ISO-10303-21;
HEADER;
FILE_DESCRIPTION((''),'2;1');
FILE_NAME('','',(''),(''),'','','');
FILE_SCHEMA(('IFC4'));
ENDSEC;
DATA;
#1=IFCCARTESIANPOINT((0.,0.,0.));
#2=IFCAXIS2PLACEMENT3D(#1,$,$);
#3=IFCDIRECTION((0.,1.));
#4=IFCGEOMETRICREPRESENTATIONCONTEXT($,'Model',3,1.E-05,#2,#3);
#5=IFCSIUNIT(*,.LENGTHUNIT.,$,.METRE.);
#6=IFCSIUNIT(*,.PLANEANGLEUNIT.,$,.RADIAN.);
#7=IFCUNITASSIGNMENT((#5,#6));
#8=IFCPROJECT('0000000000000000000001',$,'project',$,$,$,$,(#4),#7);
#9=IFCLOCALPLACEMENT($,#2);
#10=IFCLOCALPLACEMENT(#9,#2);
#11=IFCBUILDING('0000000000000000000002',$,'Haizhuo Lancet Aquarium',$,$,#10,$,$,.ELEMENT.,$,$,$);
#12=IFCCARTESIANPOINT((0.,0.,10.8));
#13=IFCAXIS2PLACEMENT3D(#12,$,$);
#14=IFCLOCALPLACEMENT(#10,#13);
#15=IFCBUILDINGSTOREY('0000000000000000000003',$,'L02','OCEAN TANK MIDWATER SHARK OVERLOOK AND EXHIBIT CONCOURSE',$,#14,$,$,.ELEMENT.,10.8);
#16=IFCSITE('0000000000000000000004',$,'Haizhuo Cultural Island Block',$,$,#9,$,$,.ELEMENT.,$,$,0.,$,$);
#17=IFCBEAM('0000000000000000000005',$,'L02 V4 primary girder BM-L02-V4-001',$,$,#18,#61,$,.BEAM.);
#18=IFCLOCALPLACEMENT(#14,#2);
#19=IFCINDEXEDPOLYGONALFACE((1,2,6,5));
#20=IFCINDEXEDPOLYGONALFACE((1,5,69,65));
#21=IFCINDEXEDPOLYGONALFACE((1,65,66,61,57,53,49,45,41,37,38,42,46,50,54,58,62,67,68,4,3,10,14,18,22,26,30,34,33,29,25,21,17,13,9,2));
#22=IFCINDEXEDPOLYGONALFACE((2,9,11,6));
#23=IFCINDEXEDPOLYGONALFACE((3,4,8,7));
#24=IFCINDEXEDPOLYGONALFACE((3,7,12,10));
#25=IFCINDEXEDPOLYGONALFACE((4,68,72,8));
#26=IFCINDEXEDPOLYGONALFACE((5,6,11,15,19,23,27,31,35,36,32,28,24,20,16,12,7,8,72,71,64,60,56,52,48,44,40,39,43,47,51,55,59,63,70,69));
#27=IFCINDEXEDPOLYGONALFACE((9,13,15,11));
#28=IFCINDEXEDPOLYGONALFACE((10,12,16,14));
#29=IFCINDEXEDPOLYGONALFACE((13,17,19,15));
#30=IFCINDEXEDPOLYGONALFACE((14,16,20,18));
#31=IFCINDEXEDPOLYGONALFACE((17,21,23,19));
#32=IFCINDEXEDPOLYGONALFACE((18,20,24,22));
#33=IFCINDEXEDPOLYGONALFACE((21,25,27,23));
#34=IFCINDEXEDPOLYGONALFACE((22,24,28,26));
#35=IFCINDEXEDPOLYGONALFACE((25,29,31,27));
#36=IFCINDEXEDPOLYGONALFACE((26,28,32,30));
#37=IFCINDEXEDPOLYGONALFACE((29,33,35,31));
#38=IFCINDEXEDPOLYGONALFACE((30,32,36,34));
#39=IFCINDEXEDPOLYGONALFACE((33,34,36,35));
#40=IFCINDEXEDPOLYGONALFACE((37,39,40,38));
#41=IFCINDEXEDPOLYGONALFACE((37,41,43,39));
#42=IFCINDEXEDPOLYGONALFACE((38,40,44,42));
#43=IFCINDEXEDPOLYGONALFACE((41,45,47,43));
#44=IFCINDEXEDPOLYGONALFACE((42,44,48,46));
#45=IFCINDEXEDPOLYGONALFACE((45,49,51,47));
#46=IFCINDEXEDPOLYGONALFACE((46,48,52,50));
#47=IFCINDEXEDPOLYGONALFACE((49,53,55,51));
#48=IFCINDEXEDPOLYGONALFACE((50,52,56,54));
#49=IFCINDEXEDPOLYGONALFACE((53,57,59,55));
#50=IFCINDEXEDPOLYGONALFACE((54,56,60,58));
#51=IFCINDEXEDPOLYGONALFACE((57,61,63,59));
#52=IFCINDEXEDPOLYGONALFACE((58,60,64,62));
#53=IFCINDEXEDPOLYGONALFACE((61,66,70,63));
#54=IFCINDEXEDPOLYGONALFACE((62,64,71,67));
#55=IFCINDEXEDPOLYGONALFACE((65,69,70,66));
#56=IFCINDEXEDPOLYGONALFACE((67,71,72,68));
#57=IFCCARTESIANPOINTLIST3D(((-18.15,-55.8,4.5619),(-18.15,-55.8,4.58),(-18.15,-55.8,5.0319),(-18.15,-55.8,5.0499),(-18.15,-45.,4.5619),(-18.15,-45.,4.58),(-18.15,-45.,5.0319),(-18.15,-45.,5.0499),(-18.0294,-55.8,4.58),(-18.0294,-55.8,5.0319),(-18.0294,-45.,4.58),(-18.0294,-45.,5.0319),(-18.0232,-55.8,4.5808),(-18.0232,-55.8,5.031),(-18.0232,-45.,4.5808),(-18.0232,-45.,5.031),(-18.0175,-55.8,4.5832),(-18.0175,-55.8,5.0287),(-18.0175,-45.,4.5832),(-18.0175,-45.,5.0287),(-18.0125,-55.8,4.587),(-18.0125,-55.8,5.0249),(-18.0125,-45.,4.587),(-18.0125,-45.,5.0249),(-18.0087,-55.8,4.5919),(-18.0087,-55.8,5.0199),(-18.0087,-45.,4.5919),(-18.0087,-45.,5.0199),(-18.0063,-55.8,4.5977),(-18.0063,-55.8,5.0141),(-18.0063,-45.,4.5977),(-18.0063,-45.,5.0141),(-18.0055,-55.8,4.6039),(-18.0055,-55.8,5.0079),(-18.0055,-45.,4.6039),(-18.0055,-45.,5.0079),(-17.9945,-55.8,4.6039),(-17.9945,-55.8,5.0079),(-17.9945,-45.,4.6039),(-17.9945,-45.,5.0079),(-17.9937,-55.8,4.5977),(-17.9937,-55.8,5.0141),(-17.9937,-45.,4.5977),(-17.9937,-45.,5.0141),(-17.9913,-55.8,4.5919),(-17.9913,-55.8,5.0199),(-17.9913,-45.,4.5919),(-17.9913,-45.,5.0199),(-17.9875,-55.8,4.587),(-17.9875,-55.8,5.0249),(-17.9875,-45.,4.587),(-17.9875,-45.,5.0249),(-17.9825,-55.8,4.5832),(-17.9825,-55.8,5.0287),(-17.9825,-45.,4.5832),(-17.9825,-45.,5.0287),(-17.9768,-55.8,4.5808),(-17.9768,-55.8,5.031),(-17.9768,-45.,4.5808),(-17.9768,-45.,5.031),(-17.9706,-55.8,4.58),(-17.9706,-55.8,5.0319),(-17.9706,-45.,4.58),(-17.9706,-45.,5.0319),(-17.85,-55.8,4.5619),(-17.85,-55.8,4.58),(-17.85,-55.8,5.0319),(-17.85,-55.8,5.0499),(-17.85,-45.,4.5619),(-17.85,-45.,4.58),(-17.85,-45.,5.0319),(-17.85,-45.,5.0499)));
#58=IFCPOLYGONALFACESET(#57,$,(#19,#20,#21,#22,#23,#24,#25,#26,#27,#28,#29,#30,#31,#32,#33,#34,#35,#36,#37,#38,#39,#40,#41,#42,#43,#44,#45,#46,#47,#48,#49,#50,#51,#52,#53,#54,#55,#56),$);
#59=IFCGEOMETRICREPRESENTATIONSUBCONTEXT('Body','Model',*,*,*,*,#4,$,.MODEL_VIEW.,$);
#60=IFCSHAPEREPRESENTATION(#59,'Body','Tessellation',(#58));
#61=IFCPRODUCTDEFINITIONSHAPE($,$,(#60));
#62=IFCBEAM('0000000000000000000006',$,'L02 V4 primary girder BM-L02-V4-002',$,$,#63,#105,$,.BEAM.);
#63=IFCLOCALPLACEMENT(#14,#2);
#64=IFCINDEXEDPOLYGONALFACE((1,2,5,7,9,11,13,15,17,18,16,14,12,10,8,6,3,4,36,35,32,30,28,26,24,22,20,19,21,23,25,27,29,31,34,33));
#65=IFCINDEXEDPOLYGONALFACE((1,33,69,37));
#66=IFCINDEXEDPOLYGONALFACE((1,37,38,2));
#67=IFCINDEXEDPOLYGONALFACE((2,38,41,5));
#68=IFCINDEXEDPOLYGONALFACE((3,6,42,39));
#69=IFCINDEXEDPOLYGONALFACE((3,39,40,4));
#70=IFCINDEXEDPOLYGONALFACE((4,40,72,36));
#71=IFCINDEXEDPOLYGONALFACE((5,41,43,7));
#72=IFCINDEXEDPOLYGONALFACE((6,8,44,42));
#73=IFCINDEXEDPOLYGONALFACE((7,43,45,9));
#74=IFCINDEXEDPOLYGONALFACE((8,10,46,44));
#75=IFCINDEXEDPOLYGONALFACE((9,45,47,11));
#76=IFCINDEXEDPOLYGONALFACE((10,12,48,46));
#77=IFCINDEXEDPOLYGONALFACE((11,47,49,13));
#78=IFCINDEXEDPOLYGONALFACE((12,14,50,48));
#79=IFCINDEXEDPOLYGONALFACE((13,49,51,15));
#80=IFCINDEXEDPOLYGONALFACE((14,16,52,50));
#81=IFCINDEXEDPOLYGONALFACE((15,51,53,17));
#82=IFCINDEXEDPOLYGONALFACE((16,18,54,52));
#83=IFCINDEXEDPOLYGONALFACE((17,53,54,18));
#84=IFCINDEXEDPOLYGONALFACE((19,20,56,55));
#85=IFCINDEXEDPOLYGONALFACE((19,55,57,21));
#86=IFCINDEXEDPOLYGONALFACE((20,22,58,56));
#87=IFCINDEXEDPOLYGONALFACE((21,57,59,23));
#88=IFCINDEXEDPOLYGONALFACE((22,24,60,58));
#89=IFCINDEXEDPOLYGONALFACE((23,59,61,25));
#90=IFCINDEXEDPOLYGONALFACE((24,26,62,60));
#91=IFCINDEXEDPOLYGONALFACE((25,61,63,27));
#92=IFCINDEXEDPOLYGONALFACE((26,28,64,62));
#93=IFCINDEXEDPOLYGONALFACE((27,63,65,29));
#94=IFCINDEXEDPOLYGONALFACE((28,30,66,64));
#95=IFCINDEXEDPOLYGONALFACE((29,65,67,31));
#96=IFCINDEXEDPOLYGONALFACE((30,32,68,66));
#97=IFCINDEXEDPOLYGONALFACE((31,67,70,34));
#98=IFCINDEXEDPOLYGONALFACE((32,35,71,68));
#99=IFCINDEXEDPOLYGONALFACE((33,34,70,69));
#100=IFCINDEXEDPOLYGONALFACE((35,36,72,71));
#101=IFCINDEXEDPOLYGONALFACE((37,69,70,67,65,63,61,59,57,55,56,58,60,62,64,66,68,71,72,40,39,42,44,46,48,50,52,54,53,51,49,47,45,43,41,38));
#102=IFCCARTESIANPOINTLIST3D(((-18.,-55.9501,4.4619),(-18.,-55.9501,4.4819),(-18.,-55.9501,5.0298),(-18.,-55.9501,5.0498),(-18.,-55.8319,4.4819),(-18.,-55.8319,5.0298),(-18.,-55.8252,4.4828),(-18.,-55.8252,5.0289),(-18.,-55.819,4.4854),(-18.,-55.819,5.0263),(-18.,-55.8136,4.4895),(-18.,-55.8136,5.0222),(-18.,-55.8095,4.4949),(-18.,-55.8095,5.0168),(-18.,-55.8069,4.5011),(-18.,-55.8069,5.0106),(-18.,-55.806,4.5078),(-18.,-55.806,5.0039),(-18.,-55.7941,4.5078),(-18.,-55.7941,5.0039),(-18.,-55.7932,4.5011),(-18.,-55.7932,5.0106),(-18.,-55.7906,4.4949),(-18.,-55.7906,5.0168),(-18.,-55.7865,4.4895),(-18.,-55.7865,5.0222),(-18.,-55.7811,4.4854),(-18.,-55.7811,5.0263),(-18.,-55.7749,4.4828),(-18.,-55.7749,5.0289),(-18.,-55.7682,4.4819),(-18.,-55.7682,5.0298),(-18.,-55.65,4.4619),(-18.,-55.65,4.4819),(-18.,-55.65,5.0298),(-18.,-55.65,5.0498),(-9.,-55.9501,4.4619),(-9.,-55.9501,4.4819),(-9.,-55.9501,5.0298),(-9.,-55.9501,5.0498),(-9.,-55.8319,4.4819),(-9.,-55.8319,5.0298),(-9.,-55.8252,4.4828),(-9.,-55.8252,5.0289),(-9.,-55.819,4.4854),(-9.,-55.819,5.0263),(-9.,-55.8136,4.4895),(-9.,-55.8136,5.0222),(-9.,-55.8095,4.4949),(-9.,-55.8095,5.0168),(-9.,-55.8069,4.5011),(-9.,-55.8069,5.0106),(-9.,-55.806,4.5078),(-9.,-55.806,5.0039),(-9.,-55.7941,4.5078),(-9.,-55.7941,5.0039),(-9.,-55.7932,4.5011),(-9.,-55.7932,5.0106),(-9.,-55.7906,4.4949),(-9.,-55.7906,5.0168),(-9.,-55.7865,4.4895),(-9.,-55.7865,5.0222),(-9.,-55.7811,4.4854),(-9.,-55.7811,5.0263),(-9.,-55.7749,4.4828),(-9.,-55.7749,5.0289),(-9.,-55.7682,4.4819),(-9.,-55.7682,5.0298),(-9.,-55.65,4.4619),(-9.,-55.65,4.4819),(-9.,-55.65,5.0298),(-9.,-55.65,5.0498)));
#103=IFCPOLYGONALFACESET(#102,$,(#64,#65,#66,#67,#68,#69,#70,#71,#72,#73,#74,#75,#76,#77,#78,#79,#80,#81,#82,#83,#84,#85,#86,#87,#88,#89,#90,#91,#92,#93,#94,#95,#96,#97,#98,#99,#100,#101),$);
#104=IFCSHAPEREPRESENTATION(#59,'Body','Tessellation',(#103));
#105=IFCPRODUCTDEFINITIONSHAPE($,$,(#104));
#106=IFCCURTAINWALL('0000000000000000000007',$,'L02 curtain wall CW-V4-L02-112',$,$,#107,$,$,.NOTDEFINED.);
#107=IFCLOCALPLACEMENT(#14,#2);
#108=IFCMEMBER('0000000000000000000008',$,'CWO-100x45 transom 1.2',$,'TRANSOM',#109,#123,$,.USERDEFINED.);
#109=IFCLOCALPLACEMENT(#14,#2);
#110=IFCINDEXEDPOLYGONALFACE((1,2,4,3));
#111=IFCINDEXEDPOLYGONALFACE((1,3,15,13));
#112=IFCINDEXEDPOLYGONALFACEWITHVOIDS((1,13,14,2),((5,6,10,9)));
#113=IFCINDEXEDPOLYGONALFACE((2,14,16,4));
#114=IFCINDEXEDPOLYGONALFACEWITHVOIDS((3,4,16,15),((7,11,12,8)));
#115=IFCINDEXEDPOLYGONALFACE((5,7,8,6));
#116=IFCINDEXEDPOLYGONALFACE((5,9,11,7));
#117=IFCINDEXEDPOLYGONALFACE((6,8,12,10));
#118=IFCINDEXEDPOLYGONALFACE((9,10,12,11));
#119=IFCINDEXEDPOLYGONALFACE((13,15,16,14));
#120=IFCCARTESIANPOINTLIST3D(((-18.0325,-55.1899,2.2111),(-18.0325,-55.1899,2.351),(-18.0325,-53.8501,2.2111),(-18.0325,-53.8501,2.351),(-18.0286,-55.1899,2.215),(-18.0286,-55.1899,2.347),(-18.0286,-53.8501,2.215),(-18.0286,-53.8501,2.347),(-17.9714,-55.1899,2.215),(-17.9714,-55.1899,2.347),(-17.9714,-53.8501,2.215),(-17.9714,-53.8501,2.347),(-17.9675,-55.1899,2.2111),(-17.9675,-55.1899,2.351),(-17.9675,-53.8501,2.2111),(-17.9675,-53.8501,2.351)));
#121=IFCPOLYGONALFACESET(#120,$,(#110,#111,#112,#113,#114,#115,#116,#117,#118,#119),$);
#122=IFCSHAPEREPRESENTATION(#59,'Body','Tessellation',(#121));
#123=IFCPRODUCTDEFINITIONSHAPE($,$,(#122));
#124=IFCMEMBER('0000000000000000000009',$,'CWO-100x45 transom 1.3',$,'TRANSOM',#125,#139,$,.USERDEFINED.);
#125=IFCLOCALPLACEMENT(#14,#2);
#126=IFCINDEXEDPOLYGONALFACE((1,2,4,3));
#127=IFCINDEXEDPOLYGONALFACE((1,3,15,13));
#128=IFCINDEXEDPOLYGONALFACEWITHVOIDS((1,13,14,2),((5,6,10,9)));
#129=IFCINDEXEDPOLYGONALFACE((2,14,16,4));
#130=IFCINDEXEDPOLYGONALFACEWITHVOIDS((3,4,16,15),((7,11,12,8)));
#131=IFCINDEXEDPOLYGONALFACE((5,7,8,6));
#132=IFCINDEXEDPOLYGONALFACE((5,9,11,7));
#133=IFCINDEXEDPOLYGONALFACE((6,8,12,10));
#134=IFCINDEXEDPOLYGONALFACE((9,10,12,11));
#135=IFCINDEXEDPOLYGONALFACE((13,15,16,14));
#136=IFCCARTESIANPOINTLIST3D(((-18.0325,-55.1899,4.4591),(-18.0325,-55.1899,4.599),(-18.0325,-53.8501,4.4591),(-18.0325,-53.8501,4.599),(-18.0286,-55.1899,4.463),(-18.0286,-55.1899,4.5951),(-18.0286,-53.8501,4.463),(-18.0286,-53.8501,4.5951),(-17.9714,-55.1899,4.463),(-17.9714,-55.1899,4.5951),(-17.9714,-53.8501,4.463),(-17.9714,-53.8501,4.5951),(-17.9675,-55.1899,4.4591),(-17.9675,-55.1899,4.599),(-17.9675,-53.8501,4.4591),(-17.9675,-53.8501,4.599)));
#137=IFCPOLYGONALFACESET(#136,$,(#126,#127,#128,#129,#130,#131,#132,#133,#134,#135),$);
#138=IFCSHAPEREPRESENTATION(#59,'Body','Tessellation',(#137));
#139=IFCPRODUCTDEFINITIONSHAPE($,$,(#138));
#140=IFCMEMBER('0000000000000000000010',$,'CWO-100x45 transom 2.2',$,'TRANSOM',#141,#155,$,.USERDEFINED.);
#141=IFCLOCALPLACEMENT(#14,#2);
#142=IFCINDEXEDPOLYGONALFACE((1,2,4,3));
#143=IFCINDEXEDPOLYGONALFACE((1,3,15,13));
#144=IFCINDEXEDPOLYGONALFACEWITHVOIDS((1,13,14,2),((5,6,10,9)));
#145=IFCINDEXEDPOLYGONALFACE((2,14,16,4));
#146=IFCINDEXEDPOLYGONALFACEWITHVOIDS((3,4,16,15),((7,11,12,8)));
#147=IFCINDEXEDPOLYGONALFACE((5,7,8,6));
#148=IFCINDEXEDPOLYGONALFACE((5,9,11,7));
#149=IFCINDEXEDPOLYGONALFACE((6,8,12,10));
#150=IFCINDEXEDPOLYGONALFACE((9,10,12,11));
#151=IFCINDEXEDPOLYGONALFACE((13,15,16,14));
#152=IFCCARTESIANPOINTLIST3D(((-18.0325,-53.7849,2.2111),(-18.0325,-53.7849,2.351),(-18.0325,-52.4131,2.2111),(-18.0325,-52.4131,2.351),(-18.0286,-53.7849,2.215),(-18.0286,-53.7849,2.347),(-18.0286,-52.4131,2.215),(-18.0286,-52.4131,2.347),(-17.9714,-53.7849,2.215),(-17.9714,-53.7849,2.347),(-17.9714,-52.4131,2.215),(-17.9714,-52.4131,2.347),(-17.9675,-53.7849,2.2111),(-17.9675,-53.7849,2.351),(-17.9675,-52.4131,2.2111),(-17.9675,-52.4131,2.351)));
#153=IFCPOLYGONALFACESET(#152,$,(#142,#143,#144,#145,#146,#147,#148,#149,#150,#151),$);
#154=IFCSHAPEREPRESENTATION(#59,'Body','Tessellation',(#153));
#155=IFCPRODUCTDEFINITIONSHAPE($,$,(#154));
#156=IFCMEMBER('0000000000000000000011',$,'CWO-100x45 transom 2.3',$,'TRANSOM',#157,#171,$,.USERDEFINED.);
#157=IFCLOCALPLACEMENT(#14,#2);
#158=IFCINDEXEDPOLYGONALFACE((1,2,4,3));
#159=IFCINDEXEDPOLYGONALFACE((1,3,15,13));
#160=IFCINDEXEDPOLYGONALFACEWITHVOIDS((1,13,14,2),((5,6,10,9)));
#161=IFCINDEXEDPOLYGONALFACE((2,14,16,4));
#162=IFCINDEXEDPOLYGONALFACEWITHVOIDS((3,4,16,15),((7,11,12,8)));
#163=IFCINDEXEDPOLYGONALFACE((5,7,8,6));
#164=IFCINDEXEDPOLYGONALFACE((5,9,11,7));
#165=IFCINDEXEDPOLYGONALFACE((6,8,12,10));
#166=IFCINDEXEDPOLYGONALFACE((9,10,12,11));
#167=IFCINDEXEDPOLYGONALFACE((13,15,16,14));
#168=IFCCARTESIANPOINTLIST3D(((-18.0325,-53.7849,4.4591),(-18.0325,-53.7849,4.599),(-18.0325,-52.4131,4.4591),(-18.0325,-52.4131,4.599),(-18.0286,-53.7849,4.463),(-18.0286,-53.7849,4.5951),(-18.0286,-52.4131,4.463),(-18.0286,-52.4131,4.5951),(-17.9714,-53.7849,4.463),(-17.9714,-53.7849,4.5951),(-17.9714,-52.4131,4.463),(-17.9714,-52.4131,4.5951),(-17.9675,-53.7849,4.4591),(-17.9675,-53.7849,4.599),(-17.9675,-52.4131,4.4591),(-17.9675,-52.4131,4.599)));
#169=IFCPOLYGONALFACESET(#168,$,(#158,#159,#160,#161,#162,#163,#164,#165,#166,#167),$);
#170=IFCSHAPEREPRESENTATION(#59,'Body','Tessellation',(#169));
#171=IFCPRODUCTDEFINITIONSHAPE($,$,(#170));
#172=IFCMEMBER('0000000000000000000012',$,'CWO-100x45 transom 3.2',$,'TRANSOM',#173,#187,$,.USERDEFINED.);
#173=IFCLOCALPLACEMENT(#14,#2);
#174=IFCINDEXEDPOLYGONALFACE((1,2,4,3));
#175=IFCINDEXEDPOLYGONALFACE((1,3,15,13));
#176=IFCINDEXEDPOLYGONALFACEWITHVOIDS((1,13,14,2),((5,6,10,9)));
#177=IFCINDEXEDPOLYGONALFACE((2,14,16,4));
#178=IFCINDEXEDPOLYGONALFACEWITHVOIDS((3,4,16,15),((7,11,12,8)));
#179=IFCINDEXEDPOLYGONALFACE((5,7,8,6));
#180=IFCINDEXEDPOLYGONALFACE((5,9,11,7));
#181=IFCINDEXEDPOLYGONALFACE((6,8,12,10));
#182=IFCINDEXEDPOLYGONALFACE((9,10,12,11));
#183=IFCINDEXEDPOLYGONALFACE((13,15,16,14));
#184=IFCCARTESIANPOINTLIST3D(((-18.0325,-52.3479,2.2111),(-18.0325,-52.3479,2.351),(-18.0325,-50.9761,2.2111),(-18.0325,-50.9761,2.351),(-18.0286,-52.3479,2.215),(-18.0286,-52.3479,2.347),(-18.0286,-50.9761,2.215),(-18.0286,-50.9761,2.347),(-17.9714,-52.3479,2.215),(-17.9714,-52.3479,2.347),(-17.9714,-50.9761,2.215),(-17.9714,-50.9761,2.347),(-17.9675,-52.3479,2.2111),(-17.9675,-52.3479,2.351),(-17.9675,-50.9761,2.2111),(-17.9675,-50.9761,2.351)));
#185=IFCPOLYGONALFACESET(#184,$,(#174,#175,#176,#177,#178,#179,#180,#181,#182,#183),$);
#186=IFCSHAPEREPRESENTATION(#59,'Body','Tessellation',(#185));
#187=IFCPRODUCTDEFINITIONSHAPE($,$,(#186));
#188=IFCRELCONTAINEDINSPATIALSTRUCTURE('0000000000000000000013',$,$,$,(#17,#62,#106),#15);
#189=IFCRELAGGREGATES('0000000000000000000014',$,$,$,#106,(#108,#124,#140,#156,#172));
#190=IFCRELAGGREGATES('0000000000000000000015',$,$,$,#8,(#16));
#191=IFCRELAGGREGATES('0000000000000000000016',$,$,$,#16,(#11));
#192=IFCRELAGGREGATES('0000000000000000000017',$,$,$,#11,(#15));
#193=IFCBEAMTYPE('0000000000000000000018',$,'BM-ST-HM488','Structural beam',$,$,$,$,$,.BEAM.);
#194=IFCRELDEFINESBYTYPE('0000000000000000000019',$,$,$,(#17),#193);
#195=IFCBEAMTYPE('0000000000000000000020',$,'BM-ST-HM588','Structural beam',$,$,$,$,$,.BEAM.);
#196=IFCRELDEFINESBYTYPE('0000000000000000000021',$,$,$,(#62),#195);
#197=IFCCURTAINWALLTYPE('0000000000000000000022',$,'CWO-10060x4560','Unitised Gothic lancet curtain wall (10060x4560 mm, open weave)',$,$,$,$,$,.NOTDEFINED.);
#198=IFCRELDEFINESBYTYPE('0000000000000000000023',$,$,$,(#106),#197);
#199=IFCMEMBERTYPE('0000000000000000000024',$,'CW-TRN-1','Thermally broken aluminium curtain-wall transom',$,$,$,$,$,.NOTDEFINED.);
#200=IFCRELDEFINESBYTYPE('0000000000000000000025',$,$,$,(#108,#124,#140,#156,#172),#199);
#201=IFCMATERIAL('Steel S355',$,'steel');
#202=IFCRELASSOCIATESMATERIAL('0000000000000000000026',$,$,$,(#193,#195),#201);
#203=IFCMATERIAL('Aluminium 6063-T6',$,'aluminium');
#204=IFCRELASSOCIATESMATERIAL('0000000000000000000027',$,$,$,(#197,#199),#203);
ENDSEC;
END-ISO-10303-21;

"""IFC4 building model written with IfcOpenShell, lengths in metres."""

from ifc_helpers import new_model, si_unit, direction, frame, origin, origin_2d, place, context, subcontext, project, spatial, hollow_rectangle, i_section, extrude, material, material_profile, profile_set, type_object, element, aggregate, save


model = new_model("IFC4")

# Units and contexts
model_context = context("Model", 3, precision=1e-05, world=origin(), true_north=direction((0.0, 1.0)))
body_context = subcontext(model_context, "Body", "Model", "MODEL_VIEW")
ifc_project = project(units=[si_unit("LENGTHUNIT", "METRE"), si_unit("PLANEANGLEUNIT", "RADIAN")], contexts=[model_context])

# Site, building, storey
site_placement = place(None, origin())
site = spatial("IfcSite", under=ifc_project, at=site_placement, Name="Haizhuo Cultural Island Block", CompositionType="ELEMENT", RefElevation=0.0)
building_placement = place(site_placement, origin())
building = spatial("IfcBuilding", under=site, at=building_placement, Name="Haizhuo Lancet Aquarium", CompositionType="ELEMENT")
storey_placement = place(building_placement, frame((0.0, 0.0, 10.8)))
storey = spatial("IfcBuildingStorey", under=building, at=storey_placement, Name="L02", Description="OCEAN TANK MIDWATER SHARK OVERLOOK AND EXHIBIT CONCOURSE", CompositionType="ELEMENT", Elevation=10.8)

# Beams
ifc_material_1 = material(Name="Steel S355", Category="steel")
ifc_material_profile_1 = material_profile(ifc_material_1, i_section(OverallWidth=0.3, OverallDepth=0.488, WebThickness=0.011, FlangeThickness=0.0181, FilletRadius=0.0239, at=origin_2d()), Name="HM 488x300x11x18")
ifc_profile_set_1 = profile_set([ifc_material_profile_1], Name="Steel S355")
beam_type_1 = type_object("IfcBeamType", Name="BM-ST-HM488", Description="Structural beam", PredefinedType="BEAM", material=ifc_profile_set_1)
beam_1_placement = place(storey_placement, frame((-18.0, -55.8, 4.8059), z_axis=(0.0, 1.0, 0.0), x_axis=(-1.0, 0.0, 0.0)))
element("IfcBeam", 1, at=beam_1_placement, inside=storey, type_object=beam_type_1, Name="L02 V4 primary girder BM-L02-V4-001", PredefinedType="BEAM", context=body_context, shape_type="SweptSolid", body=[
    extrude(i_section(OverallWidth=0.3, OverallDepth=0.488, WebThickness=0.011, FlangeThickness=0.0181, FilletRadius=0.0239, at=origin_2d()), origin(), (0.0, 0.0, 1.0), 10.8),
])
ifc_material_profile_2 = material_profile(ifc_material_1, i_section(OverallWidth=0.3, OverallDepth=0.5879, WebThickness=0.012, FlangeThickness=0.02, FilletRadius=0.0259, at=origin_2d()), Name="HM 588x300x12x20")
ifc_profile_set_2 = profile_set([ifc_material_profile_2], Name="Steel S355")
beam_type_2 = type_object("IfcBeamType", Name="BM-ST-HM588", Description="Structural beam", PredefinedType="BEAM", material=ifc_profile_set_2)
beam_2_placement = place(storey_placement, frame((-18.0, -55.8, 4.7559), z_axis=(1.0, 0.0, 0.0), x_axis=(0.0, 1.0, 0.0)))
element("IfcBeam", 2, at=beam_2_placement, inside=storey, type_object=beam_type_2, Name="L02 V4 primary girder BM-L02-V4-002", PredefinedType="BEAM", context=body_context, shape_type="SweptSolid", body=[
    extrude(i_section(OverallWidth=0.3, OverallDepth=0.5879, WebThickness=0.012, FlangeThickness=0.02, FilletRadius=0.0259, at=origin_2d()), origin(), (0.0, 0.0, 1.0), 9.0),
])

# Curtain wall, members
ifc_material_2 = material(Name="Aluminium 6063-T6", Category="aluminium")
curtain_wall_type_1 = type_object("IfcCurtainWallType", Name="CWO-10060x4560", Description="Unitised Gothic lancet curtain wall (10060x4560 mm, open weave)", PredefinedType="NOTDEFINED", material=ifc_material_2)
curtain_wall_1_placement = place(storey_placement, origin())
curtain_wall_1 = element("IfcCurtainWall", 3, at=curtain_wall_1_placement, inside=storey, type_object=curtain_wall_type_1, Name="L02 curtain wall CW-V4-L02-112", PredefinedType="NOTDEFINED")
ifc_material_profile_3 = material_profile(ifc_material_2, hollow_rectangle(XDim=0.0649, YDim=0.1399, WallThickness=0.0039, at=origin_2d()), Name="ALU-T 65x140x4")
ifc_profile_set_3 = profile_set([ifc_material_profile_3], Name="Aluminium 6063-T6")
member_type_1 = type_object("IfcMemberType", Name="CW-TRN-1", Description="Thermally broken aluminium curtain-wall transom", PredefinedType="NOTDEFINED", material=ifc_profile_set_3)
member_1_placement = place(storey_placement, frame((-18.0, -55.1899, 2.281), z_axis=(0.0, 1.0, 0.0), x_axis=(-1.0, 0.0, 0.0)))
member_1 = element("IfcMember", 4, at=member_1_placement, type_object=member_type_1, Name="CWO-100x45 transom 1.2", ObjectType="TRANSOM", PredefinedType="USERDEFINED", context=body_context, shape_type="SweptSolid", body=[
    extrude(hollow_rectangle(XDim=0.0649, YDim=0.1399, WallThickness=0.0039, at=origin_2d()), origin(), (0.0, 0.0, 1.0), 1.3398),
])
member_2_placement = place(storey_placement, frame((-18.0, -55.1899, 4.5291), z_axis=(0.0, 1.0, 0.0), x_axis=(-1.0, 0.0, 0.0)))
member_2 = element("IfcMember", 5, at=member_2_placement, type_object=member_type_1, Name="CWO-100x45 transom 1.3", ObjectType="TRANSOM", PredefinedType="USERDEFINED", context=body_context, shape_type="SweptSolid", body=[
    extrude(hollow_rectangle(XDim=0.0649, YDim=0.1399, WallThickness=0.0039, at=origin_2d()), origin(), (0.0, 0.0, 1.0), 1.3398),
])
member_3_placement = place(storey_placement, frame((-18.0, -53.7849, 2.281), z_axis=(0.0, 1.0, 0.0), x_axis=(-1.0, 0.0, 0.0)))
member_3 = element("IfcMember", 6, at=member_3_placement, type_object=member_type_1, Name="CWO-100x45 transom 2.2", ObjectType="TRANSOM", PredefinedType="USERDEFINED", context=body_context, shape_type="SweptSolid", body=[
    extrude(hollow_rectangle(XDim=0.0649, YDim=0.1399, WallThickness=0.0039, at=origin_2d()), origin(), (0.0, 0.0, 1.0), 1.3718),
])
member_4_placement = place(storey_placement, frame((-18.0, -53.7849, 4.5291), z_axis=(0.0, 1.0, 0.0), x_axis=(-1.0, 0.0, 0.0)))
member_4 = element("IfcMember", 7, at=member_4_placement, type_object=member_type_1, Name="CWO-100x45 transom 2.3", ObjectType="TRANSOM", PredefinedType="USERDEFINED", context=body_context, shape_type="SweptSolid", body=[
    extrude(hollow_rectangle(XDim=0.0649, YDim=0.1399, WallThickness=0.0039, at=origin_2d()), origin(), (0.0, 0.0, 1.0), 1.3718),
])
member_5_placement = place(storey_placement, frame((-18.0, -52.3479, 2.281), z_axis=(0.0, 1.0, 0.0), x_axis=(-1.0, 0.0, 0.0)))
member_5 = element("IfcMember", 8, at=member_5_placement, type_object=member_type_1, Name="CWO-100x45 transom 3.2", ObjectType="TRANSOM", PredefinedType="USERDEFINED", context=body_context, shape_type="SweptSolid", body=[
    extrude(hollow_rectangle(XDim=0.0649, YDim=0.1399, WallThickness=0.0039, at=origin_2d()), origin(), (0.0, 0.0, 1.0), 1.3718),
])

aggregate(curtain_wall_1, [member_1, member_2, member_3, member_4, member_5])

save(model, "model.ifc")
